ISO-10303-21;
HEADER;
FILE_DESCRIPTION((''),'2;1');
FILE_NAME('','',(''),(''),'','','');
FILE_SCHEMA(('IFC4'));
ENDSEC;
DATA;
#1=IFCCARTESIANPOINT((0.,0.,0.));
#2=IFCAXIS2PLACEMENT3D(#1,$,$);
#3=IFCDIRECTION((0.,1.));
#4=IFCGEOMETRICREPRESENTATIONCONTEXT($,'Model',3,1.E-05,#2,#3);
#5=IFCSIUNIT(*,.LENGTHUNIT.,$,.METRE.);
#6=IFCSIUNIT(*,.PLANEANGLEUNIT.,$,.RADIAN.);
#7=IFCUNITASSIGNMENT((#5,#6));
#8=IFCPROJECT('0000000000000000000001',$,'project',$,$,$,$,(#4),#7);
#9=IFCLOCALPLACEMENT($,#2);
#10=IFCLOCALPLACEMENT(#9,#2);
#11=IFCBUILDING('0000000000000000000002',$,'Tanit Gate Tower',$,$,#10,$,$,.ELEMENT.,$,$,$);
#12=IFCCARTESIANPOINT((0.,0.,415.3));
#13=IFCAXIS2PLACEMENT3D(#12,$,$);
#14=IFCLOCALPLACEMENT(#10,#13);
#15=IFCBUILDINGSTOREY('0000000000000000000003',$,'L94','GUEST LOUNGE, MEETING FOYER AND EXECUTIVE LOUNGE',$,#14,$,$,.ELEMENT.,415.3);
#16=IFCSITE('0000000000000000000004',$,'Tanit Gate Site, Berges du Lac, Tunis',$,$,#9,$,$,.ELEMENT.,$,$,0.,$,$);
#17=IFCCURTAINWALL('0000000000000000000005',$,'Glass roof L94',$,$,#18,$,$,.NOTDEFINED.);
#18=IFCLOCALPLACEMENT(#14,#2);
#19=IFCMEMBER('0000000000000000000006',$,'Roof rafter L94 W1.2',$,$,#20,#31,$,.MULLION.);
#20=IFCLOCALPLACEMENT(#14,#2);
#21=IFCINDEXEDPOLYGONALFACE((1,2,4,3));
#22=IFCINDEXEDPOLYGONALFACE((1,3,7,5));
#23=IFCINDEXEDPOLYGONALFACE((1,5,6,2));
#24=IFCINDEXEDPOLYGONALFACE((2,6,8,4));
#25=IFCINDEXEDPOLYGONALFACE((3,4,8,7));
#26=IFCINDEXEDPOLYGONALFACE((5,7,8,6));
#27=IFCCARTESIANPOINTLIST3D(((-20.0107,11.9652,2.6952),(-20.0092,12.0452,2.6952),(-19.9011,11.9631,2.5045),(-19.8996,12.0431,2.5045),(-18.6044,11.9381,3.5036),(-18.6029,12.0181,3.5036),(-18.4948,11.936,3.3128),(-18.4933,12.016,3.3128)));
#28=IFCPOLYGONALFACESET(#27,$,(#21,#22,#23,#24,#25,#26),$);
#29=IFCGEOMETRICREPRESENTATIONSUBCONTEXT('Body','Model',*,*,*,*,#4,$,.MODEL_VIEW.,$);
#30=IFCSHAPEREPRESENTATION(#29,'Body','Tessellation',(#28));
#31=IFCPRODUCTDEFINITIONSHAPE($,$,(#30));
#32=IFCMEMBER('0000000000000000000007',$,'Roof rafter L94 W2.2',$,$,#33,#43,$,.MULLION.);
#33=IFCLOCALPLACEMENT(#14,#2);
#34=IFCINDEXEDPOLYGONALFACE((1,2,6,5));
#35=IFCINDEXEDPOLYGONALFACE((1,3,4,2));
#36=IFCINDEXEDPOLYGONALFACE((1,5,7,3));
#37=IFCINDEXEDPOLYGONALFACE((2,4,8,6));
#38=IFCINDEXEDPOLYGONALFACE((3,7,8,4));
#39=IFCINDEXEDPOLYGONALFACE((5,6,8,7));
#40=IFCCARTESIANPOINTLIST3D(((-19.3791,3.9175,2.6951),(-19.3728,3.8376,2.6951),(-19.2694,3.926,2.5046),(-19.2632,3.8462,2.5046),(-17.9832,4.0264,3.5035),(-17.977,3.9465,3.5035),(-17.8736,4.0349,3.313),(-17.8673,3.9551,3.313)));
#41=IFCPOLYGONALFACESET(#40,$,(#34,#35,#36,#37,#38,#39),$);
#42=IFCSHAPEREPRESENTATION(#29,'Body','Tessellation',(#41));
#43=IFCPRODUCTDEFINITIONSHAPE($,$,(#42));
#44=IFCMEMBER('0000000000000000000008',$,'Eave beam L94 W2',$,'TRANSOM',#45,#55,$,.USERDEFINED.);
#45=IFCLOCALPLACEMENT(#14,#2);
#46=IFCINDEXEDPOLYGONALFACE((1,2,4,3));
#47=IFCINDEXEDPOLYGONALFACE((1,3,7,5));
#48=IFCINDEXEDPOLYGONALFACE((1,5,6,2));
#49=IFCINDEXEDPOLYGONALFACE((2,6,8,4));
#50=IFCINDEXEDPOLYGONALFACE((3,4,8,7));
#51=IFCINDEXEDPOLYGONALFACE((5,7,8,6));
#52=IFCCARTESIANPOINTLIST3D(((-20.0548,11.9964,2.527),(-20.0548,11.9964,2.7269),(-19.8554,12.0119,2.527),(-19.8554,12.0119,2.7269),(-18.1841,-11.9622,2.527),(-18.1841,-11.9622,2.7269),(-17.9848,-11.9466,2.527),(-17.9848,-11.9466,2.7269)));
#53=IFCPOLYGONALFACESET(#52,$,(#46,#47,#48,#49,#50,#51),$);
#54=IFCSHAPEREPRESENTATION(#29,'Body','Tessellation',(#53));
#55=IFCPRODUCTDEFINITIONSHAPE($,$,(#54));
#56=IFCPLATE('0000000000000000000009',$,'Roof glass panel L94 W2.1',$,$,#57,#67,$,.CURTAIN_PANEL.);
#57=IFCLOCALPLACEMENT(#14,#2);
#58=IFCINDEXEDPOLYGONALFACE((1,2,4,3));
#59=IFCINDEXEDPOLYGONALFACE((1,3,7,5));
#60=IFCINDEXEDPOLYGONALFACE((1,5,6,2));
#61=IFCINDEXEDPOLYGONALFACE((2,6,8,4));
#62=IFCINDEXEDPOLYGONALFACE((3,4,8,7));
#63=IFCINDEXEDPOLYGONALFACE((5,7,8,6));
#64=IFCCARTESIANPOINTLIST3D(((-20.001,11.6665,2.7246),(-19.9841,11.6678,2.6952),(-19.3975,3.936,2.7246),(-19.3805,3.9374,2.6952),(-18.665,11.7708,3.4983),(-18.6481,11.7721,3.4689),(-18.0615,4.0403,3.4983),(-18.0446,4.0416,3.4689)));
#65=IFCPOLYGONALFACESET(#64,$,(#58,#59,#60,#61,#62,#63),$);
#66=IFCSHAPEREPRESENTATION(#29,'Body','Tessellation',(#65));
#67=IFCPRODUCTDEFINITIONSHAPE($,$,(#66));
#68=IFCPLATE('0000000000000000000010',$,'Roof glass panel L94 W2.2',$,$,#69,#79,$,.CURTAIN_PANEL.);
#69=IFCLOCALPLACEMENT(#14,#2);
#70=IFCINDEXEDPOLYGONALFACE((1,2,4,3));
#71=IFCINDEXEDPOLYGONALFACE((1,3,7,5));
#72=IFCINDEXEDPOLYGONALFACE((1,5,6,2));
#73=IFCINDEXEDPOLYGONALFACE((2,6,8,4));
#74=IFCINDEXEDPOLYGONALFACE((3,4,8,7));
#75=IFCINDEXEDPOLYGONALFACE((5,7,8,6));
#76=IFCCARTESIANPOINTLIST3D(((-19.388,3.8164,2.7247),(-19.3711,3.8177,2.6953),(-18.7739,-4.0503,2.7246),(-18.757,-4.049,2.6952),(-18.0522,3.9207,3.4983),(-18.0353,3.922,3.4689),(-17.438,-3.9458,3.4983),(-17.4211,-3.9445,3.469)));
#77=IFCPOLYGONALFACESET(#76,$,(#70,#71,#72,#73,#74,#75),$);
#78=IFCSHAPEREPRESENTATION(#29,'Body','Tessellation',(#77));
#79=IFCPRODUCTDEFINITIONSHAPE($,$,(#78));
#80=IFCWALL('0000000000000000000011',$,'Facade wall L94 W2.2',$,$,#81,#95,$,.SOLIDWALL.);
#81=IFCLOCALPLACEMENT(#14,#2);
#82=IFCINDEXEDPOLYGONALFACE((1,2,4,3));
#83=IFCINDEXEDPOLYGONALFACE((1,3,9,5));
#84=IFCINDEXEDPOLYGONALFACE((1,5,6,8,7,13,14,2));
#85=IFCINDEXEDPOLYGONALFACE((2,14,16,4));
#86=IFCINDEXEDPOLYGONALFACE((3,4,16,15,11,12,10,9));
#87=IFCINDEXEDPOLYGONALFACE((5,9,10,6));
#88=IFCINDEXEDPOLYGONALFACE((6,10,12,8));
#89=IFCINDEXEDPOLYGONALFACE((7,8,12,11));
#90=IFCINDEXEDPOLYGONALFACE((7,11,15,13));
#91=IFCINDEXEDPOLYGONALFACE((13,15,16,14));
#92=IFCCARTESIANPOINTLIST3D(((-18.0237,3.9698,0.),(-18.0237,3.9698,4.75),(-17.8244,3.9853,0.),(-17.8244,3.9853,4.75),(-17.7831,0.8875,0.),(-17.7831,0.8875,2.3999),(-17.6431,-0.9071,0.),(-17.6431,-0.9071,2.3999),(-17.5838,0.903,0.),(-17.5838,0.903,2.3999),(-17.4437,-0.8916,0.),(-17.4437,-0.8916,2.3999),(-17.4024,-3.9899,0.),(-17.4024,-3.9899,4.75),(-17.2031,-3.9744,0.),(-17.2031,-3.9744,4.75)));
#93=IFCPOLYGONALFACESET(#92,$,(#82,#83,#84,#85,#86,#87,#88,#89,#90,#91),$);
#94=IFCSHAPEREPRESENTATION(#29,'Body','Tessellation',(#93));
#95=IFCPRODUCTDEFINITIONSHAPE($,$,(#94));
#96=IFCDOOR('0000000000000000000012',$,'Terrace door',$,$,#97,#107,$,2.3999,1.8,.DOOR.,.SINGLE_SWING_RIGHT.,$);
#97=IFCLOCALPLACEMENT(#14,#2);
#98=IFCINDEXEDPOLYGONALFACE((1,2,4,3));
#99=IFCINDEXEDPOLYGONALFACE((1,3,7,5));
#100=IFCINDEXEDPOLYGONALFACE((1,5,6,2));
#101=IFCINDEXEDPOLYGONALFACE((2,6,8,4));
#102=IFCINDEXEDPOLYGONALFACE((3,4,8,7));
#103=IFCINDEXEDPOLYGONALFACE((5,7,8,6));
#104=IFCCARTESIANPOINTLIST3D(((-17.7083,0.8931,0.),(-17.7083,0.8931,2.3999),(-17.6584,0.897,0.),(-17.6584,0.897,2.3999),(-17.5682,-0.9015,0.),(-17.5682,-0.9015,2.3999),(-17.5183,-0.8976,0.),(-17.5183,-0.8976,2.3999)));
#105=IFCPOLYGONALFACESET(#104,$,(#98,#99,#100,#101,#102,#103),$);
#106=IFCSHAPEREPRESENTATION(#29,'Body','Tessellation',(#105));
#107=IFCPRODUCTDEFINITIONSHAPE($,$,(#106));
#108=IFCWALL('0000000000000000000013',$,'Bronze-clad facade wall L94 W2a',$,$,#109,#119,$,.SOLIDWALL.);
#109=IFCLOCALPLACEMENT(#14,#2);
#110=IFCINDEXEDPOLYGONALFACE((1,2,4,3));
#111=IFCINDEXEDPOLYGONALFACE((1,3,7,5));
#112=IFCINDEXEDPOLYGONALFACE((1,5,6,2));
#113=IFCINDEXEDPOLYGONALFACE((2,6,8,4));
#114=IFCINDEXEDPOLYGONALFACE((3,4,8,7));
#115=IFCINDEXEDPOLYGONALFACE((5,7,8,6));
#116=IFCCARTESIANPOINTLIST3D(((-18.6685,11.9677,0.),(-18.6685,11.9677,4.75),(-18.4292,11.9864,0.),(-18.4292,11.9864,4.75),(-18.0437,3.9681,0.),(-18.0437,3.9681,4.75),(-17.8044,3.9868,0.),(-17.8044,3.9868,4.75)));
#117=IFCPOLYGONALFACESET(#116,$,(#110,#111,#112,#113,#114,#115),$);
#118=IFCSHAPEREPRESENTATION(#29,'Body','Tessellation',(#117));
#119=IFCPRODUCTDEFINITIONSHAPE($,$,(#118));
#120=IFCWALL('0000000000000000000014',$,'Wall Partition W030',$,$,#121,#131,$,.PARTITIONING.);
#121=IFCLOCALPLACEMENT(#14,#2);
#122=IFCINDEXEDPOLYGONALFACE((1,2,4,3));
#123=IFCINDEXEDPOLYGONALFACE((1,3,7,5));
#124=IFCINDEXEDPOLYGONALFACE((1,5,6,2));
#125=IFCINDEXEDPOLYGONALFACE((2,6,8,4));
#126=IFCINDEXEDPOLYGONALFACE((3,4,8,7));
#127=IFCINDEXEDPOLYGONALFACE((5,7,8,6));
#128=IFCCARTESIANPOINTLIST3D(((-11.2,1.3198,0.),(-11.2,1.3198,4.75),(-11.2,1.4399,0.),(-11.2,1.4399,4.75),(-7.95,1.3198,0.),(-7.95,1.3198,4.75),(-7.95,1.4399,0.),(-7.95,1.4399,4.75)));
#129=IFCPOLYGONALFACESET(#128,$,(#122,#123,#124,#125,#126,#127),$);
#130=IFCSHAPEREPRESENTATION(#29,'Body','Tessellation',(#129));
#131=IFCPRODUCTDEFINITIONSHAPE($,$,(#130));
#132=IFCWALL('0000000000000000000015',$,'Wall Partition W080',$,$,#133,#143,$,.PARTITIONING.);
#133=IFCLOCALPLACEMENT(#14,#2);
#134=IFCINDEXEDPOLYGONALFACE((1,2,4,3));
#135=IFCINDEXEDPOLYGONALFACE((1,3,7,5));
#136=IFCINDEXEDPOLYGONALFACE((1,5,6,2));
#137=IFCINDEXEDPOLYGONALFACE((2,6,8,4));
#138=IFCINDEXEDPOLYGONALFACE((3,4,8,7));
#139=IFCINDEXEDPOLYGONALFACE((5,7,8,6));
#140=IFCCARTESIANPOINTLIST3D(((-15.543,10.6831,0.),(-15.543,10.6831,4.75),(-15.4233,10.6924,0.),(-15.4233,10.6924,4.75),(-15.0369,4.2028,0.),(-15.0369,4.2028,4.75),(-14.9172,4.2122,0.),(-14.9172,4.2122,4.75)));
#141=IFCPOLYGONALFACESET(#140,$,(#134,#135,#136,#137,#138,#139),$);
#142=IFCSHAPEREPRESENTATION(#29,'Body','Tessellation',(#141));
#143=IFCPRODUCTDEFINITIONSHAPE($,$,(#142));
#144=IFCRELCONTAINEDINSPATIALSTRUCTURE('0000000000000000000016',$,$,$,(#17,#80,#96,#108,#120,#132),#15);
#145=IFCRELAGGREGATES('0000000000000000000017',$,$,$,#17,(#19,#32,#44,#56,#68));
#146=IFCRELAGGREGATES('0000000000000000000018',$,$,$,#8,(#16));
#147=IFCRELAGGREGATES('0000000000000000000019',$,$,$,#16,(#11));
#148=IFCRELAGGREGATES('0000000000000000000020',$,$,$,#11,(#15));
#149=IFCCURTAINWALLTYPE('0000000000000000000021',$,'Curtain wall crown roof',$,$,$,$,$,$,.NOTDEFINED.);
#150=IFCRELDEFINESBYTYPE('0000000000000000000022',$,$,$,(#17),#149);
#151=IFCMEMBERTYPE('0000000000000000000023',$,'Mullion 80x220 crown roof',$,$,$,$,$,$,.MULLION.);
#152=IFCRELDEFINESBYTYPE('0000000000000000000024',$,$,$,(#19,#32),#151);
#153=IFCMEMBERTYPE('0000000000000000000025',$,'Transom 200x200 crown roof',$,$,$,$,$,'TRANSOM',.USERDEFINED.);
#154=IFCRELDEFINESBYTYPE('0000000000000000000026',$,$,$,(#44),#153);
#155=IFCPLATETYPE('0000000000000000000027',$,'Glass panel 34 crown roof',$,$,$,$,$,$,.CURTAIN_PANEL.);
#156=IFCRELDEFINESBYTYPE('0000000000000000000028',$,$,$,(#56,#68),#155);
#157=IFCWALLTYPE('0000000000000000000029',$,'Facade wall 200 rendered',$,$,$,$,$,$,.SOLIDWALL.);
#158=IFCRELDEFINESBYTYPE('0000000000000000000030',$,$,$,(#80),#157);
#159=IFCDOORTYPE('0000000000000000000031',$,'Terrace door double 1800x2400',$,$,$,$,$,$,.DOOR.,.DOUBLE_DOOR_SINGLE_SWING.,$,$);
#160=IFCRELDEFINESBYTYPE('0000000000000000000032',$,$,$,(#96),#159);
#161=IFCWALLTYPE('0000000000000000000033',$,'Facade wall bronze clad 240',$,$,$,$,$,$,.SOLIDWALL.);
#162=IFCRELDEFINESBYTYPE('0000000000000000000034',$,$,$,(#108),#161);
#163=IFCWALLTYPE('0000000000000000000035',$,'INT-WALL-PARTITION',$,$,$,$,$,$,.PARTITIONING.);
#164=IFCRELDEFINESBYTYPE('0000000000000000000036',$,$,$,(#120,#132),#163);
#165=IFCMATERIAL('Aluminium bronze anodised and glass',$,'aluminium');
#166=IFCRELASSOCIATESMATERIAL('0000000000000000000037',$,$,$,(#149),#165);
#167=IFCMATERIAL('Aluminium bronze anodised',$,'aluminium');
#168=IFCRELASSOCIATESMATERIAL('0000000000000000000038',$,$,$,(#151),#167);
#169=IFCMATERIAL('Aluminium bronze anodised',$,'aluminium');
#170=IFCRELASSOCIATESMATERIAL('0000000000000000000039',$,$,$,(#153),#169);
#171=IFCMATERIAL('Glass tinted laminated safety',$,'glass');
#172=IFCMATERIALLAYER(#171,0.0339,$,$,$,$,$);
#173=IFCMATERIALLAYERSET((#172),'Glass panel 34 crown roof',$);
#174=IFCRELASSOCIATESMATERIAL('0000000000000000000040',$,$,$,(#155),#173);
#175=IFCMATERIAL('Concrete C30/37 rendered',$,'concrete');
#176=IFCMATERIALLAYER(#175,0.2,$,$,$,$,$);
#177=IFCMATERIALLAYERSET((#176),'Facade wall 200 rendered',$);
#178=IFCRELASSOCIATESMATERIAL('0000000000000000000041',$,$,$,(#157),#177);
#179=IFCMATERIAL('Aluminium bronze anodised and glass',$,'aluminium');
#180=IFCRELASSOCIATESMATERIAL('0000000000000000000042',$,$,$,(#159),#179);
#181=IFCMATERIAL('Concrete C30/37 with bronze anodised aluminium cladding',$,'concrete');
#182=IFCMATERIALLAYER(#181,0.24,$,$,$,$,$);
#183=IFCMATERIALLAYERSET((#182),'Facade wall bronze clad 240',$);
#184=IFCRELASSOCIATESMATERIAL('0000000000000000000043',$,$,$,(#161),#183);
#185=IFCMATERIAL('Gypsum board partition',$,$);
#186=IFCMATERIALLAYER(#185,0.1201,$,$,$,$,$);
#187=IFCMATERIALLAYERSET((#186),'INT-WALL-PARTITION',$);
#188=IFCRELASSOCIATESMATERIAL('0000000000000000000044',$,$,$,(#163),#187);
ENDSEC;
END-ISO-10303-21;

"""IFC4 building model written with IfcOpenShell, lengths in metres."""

from ifc_helpers import new_model, si_unit, direction, frame, frame_2d, origin, origin_2d, place, context, subcontext, project, spatial, polyline, rectangle, outline, extrude, material, layer, layer_set, material_profile, profile_set, type_object, element, fill, aggregate, save


model = new_model("IFC4")

# Units and contexts
model_context = context("Model", 3, precision=1e-05, world=origin(), true_north=direction((0.0, 1.0)))
body_context = subcontext(model_context, "Body", "Model", "MODEL_VIEW")
ifc_project = project(units=[si_unit("LENGTHUNIT", "METRE"), si_unit("PLANEANGLEUNIT", "RADIAN")], contexts=[model_context])

# Site, building, storey
site_placement = place(None, origin())
site = spatial("IfcSite", under=ifc_project, at=site_placement, Name="Tanit Gate Site, Berges du Lac, Tunis", CompositionType="ELEMENT", RefElevation=0.0)
building_placement = place(site_placement, origin())
building = spatial("IfcBuilding", under=site, at=building_placement, Name="Tanit Gate Tower", CompositionType="ELEMENT")
storey_placement = place(building_placement, frame((0.0, 0.0, 415.3)))
storey = spatial("IfcBuildingStorey", under=building, at=storey_placement, Name="L94", Description="GUEST LOUNGE, MEETING FOYER AND EXECUTIVE LOUNGE", CompositionType="ELEMENT", Elevation=415.3)

# Curtain wall, members, plates
ifc_material_1 = material(Name="Aluminium bronze anodised and glass", Category="aluminium")
curtain_wall_type = type_object("IfcCurtainWallType", Name="Curtain wall crown roof", PredefinedType="NOTDEFINED", material=ifc_material_1)
curtain_wall_placement = place(storey_placement, origin())
curtain_wall = element("IfcCurtainWall", 1, at=curtain_wall_placement, inside=storey, type_object=curtain_wall_type, Name="Glass roof L94", PredefinedType="NOTDEFINED")
ifc_material_2 = material(Name="Aluminium bronze anodised", Category="aluminium")
ifc_material_profile_1 = material_profile(ifc_material_2, rectangle(XDim=0.0801, YDim=0.22, at=origin_2d()), Name="80x220 bronze rafter")
ifc_profile_set_1 = profile_set([ifc_material_profile_1], Name="Aluminium bronze anodised")
member_type_1 = type_object("IfcMemberType", Name="Mullion 80x220 crown roof", PredefinedType="MULLION", material=ifc_profile_set_1)
member_1_placement = place(storey_placement, frame((-18.5488, 11.9771, 3.4082), z_axis=(-0.86685, 0.016705, -0.498288), x_axis=(-0.019267, -0.999814, 0.0)))
member_1 = element("IfcMember", 2, at=member_1_placement, type_object=member_type_1, Name="Roof rafter L94 W1.2", PredefinedType="MULLION", context=body_context, shape_type="SweptSolid", body=[
    extrude(rectangle(XDim=0.0801, YDim=0.22, at=origin_2d()), origin(), (0.0, 0.0, 1.0), 1.6223),
])
member_2_placement = place(storey_placement, frame((-17.9253, 3.9907, 3.4082), z_axis=(-0.863385, -0.067355, -0.500029), x_axis=(0.077777, -0.996971, 0.0)))
member_2 = element("IfcMember", 3, at=member_2_placement, type_object=member_type_1, Name="Roof rafter L94 W2.2", PredefinedType="MULLION", context=body_context, shape_type="SweptSolid", body=[
    extrude(rectangle(XDim=0.0801, YDim=0.22, at=origin_2d()), origin(), (0.0, 0.0, 1.0), 1.6167),
])
ifc_material_3 = material(Name="Aluminium bronze anodised", Category="aluminium")
ifc_material_profile_2 = material_profile(ifc_material_3, rectangle(XDim=0.2, YDim=0.2, at=origin_2d()), Name="200x200 bronze transom")
ifc_profile_set_2 = profile_set([ifc_material_profile_2], Name="Aluminium bronze anodised")
member_type_2 = type_object("IfcMemberType", Name="Transom 200x200 crown roof", ElementType="TRANSOM", PredefinedType="USERDEFINED", material=ifc_profile_set_2)
member_3_placement = place(storey_placement, frame((-19.9551, 12.0042, 2.627), z_axis=(0.07784, -0.996966, 0.0), x_axis=(0.996966, 0.07784, 0.0)))
member_3 = element("IfcMember", 4, at=member_3_placement, type_object=member_type_2, Name="Eave beam L94 W2", ObjectType="TRANSOM", PredefinedType="USERDEFINED", context=body_context, shape_type="SweptSolid", body=[
    extrude(rectangle(XDim=0.2, YDim=0.2, at=origin_2d()), origin(), (0.0, 0.0, 1.0), 24.0315),
])
ifc_material_4 = material(Name="Glass tinted laminated safety", Category="glass")
ifc_layer_1 = layer(ifc_material_4, 0.0339)
ifc_layer_set_1 = layer_set([ifc_layer_1], Name="Glass panel 34 crown roof")
plate_type = type_object("IfcPlateType", Name="Glass panel 34 crown roof", PredefinedType="CURTAIN_PANEL", material=ifc_layer_set_1)
plate_1_placement = place(storey_placement, frame((-18.665, 11.7708, 3.4983), z_axis=(-0.498499, -0.038918, 0.866016), x_axis=(0.077833, -0.996966, 0.0)))
plate_1 = element("IfcPlate", 5, at=plate_1_placement, type_object=plate_type, Name="Roof glass panel L94 W2.1", PredefinedType="CURTAIN_PANEL", context=body_context, shape_type="SweptSolid", body=[
    extrude(outline(polyline([(0.0, 0.0), (7.754, 0.0), (7.7539, -1.5473), (0.0, -1.5473), (0.0, 0.0)])), origin(), (0.0, 0.0, -1.0), 0.0339),
])
plate_2_placement = place(storey_placement, frame((-18.0522, 3.9207, 3.4983), z_axis=(-0.49853, -0.03892, 0.865998), x_axis=(0.077845, -0.996966, 0.000007)))
plate_2 = element("IfcPlate", 6, at=plate_2_placement, type_object=plate_type, Name="Roof glass panel L94 W2.2", PredefinedType="CURTAIN_PANEL", context=body_context, shape_type="SweptSolid", body=[
    extrude(outline(polyline([(0.0, 0.0), (7.8904, 0.0), (7.8906, -1.5473), (-0.0001, -1.5471), (0.0, 0.0)])), origin(), (0.0, 0.0, -1.0), 0.0339),
])
aggregate(curtain_wall, [member_1, member_2, member_3, plate_1, plate_2])

# Wall, opening, door
ifc_material_5 = material(Name="Concrete C30/37 rendered", Category="concrete")
ifc_layer_2 = layer(ifc_material_5, 0.2)
ifc_layer_set_2 = layer_set([ifc_layer_2], Name="Facade wall 200 rendered")
wall_type_1 = type_object("IfcWallType", Name="Facade wall 200 rendered", PredefinedType="SOLIDWALL", material=ifc_layer_set_2)
wall_1_placement = place(storey_placement, frame((-17.9241, 3.9775, 0.0), z_axis=(0.0, 0.0, 1.0), x_axis=(0.077824, -0.996967, 0.0)))
wall_1 = element("IfcWall", 7, at=wall_1_placement, inside=storey, type_object=wall_type_1, Name="Facade wall L94 W2.2", PredefinedType="SOLIDWALL", context=body_context, shape_type="SweptSolid", body=[
    extrude(rectangle(XDim=7.9839, YDim=0.2, at=frame_2d((3.9919, 0.0))), origin(), (0.0, 0.0, 1.0), 4.75),
])
opening_1_placement = place(wall_1_placement, frame((3.0918, 0.0, 0.0)))
opening_1 = element("IfcOpeningElement", 8, at=opening_1_placement, cuts=wall_1, PredefinedType="OPENING", context=body_context, shape_type="SweptSolid", body=[
    extrude(rectangle(XDim=1.8, YDim=2.3999, at=frame_2d((0.8999, 1.2))), frame((0.0, 0.1099, 0.0), z_axis=(0.0, -1.0, 0.0), x_axis=(1.0, 0.0, 0.0)), (0.0, 0.0, 1.0), 0.22),
])
ifc_material_6 = material(Name="Aluminium bronze anodised and glass", Category="aluminium")
door_type_1 = type_object("IfcDoorType", Name="Terrace door double 1800x2400", OperationType="DOUBLE_DOOR_SINGLE_SWING", PredefinedType="DOOR", material=ifc_material_6)
door_1_placement = place(opening_1_placement, frame((1.8, 0.0, 0.0), z_axis=(0.0, 0.0, 1.0), x_axis=(-1.0, 0.0, 0.0)))
door_1 = element("IfcDoor", 9, at=door_1_placement, inside=storey, type_object=door_type_1, Name="Terrace door", OperationType="SINGLE_SWING_RIGHT", OverallHeight=2.3999, OverallWidth=1.8, PredefinedType="DOOR", context=body_context, shape_type="SweptSolid", body=[
    extrude(rectangle(XDim=1.8, YDim=2.3999, at=frame_2d((0.8999, 1.2))), frame((0.0, 0.0249, 0.0), z_axis=(0.0, -1.0, 0.0), x_axis=(1.0, 0.0, 0.0)), (0.0, 0.0, 1.0), 0.05),
])
fill(opening_1, door_1)

# Walls
ifc_material_7 = material(Name="Concrete C30/37 with bronze anodised aluminium cladding", Category="concrete")
ifc_layer_3 = layer(ifc_material_7, 0.24)
ifc_layer_set_3 = layer_set([ifc_layer_3], Name="Facade wall bronze clad 240")
wall_type_2 = type_object("IfcWallType", Name="Facade wall bronze clad 240", PredefinedType="SOLIDWALL", material=ifc_layer_set_3)
wall_2_placement = place(storey_placement, frame((-18.5488, 11.9771, 0.0), z_axis=(0.0, 0.0, 1.0), x_axis=(0.077862, -0.996964, 0.0)))
element("IfcWall", 10, at=wall_2_placement, inside=storey, type_object=wall_type_2, Name="Bronze-clad facade wall L94 W2a", PredefinedType="SOLIDWALL", context=body_context, shape_type="SweptSolid", body=[
    extrude(rectangle(XDim=8.0239, YDim=0.24, at=frame_2d((4.012, 0.0))), origin(), (0.0, 0.0, 1.0), 4.75),
])
ifc_material_8 = material(Name="Gypsum board partition")
ifc_layer_4 = layer(ifc_material_8, 0.1201)
ifc_layer_set_4 = layer_set([ifc_layer_4], Name="INT-WALL-PARTITION")
wall_type_3 = type_object("IfcWallType", Name="INT-WALL-PARTITION", PredefinedType="PARTITIONING", material=ifc_layer_set_4)
wall_3_placement = place(storey_placement, frame((-11.2, 1.3799, 0.0), z_axis=(0.0, 0.0, 1.0), x_axis=(1.0, 0.0, 0.0)))
element("IfcWall", 11, at=wall_3_placement, inside=storey, type_object=wall_type_3, Name="Wall Partition W030", PredefinedType="PARTITIONING", context=body_context, shape_type="SweptSolid", body=[
    extrude(rectangle(XDim=3.25, YDim=0.1201, at=frame_2d((1.625, 0.0))), origin(), (0.0, 0.0, 1.0), 4.75),
])
wall_4_placement = place(storey_placement, frame((-15.4832, 10.6877, 0.0), z_axis=(0.0, 0.0, 1.0), x_axis=(0.077863, -0.996964, 0.0)))
element("IfcWall", 12, at=wall_4_placement, inside=storey, type_object=wall_type_3, Name="Wall Partition W080", PredefinedType="PARTITIONING", context=body_context, shape_type="SweptSolid", body=[
    extrude(rectangle(XDim=6.5, YDim=0.1201, at=frame_2d((3.25, 0.0))), origin(), (0.0, 0.0, 1.0), 4.75),
])

save(model, "model.ifc")
